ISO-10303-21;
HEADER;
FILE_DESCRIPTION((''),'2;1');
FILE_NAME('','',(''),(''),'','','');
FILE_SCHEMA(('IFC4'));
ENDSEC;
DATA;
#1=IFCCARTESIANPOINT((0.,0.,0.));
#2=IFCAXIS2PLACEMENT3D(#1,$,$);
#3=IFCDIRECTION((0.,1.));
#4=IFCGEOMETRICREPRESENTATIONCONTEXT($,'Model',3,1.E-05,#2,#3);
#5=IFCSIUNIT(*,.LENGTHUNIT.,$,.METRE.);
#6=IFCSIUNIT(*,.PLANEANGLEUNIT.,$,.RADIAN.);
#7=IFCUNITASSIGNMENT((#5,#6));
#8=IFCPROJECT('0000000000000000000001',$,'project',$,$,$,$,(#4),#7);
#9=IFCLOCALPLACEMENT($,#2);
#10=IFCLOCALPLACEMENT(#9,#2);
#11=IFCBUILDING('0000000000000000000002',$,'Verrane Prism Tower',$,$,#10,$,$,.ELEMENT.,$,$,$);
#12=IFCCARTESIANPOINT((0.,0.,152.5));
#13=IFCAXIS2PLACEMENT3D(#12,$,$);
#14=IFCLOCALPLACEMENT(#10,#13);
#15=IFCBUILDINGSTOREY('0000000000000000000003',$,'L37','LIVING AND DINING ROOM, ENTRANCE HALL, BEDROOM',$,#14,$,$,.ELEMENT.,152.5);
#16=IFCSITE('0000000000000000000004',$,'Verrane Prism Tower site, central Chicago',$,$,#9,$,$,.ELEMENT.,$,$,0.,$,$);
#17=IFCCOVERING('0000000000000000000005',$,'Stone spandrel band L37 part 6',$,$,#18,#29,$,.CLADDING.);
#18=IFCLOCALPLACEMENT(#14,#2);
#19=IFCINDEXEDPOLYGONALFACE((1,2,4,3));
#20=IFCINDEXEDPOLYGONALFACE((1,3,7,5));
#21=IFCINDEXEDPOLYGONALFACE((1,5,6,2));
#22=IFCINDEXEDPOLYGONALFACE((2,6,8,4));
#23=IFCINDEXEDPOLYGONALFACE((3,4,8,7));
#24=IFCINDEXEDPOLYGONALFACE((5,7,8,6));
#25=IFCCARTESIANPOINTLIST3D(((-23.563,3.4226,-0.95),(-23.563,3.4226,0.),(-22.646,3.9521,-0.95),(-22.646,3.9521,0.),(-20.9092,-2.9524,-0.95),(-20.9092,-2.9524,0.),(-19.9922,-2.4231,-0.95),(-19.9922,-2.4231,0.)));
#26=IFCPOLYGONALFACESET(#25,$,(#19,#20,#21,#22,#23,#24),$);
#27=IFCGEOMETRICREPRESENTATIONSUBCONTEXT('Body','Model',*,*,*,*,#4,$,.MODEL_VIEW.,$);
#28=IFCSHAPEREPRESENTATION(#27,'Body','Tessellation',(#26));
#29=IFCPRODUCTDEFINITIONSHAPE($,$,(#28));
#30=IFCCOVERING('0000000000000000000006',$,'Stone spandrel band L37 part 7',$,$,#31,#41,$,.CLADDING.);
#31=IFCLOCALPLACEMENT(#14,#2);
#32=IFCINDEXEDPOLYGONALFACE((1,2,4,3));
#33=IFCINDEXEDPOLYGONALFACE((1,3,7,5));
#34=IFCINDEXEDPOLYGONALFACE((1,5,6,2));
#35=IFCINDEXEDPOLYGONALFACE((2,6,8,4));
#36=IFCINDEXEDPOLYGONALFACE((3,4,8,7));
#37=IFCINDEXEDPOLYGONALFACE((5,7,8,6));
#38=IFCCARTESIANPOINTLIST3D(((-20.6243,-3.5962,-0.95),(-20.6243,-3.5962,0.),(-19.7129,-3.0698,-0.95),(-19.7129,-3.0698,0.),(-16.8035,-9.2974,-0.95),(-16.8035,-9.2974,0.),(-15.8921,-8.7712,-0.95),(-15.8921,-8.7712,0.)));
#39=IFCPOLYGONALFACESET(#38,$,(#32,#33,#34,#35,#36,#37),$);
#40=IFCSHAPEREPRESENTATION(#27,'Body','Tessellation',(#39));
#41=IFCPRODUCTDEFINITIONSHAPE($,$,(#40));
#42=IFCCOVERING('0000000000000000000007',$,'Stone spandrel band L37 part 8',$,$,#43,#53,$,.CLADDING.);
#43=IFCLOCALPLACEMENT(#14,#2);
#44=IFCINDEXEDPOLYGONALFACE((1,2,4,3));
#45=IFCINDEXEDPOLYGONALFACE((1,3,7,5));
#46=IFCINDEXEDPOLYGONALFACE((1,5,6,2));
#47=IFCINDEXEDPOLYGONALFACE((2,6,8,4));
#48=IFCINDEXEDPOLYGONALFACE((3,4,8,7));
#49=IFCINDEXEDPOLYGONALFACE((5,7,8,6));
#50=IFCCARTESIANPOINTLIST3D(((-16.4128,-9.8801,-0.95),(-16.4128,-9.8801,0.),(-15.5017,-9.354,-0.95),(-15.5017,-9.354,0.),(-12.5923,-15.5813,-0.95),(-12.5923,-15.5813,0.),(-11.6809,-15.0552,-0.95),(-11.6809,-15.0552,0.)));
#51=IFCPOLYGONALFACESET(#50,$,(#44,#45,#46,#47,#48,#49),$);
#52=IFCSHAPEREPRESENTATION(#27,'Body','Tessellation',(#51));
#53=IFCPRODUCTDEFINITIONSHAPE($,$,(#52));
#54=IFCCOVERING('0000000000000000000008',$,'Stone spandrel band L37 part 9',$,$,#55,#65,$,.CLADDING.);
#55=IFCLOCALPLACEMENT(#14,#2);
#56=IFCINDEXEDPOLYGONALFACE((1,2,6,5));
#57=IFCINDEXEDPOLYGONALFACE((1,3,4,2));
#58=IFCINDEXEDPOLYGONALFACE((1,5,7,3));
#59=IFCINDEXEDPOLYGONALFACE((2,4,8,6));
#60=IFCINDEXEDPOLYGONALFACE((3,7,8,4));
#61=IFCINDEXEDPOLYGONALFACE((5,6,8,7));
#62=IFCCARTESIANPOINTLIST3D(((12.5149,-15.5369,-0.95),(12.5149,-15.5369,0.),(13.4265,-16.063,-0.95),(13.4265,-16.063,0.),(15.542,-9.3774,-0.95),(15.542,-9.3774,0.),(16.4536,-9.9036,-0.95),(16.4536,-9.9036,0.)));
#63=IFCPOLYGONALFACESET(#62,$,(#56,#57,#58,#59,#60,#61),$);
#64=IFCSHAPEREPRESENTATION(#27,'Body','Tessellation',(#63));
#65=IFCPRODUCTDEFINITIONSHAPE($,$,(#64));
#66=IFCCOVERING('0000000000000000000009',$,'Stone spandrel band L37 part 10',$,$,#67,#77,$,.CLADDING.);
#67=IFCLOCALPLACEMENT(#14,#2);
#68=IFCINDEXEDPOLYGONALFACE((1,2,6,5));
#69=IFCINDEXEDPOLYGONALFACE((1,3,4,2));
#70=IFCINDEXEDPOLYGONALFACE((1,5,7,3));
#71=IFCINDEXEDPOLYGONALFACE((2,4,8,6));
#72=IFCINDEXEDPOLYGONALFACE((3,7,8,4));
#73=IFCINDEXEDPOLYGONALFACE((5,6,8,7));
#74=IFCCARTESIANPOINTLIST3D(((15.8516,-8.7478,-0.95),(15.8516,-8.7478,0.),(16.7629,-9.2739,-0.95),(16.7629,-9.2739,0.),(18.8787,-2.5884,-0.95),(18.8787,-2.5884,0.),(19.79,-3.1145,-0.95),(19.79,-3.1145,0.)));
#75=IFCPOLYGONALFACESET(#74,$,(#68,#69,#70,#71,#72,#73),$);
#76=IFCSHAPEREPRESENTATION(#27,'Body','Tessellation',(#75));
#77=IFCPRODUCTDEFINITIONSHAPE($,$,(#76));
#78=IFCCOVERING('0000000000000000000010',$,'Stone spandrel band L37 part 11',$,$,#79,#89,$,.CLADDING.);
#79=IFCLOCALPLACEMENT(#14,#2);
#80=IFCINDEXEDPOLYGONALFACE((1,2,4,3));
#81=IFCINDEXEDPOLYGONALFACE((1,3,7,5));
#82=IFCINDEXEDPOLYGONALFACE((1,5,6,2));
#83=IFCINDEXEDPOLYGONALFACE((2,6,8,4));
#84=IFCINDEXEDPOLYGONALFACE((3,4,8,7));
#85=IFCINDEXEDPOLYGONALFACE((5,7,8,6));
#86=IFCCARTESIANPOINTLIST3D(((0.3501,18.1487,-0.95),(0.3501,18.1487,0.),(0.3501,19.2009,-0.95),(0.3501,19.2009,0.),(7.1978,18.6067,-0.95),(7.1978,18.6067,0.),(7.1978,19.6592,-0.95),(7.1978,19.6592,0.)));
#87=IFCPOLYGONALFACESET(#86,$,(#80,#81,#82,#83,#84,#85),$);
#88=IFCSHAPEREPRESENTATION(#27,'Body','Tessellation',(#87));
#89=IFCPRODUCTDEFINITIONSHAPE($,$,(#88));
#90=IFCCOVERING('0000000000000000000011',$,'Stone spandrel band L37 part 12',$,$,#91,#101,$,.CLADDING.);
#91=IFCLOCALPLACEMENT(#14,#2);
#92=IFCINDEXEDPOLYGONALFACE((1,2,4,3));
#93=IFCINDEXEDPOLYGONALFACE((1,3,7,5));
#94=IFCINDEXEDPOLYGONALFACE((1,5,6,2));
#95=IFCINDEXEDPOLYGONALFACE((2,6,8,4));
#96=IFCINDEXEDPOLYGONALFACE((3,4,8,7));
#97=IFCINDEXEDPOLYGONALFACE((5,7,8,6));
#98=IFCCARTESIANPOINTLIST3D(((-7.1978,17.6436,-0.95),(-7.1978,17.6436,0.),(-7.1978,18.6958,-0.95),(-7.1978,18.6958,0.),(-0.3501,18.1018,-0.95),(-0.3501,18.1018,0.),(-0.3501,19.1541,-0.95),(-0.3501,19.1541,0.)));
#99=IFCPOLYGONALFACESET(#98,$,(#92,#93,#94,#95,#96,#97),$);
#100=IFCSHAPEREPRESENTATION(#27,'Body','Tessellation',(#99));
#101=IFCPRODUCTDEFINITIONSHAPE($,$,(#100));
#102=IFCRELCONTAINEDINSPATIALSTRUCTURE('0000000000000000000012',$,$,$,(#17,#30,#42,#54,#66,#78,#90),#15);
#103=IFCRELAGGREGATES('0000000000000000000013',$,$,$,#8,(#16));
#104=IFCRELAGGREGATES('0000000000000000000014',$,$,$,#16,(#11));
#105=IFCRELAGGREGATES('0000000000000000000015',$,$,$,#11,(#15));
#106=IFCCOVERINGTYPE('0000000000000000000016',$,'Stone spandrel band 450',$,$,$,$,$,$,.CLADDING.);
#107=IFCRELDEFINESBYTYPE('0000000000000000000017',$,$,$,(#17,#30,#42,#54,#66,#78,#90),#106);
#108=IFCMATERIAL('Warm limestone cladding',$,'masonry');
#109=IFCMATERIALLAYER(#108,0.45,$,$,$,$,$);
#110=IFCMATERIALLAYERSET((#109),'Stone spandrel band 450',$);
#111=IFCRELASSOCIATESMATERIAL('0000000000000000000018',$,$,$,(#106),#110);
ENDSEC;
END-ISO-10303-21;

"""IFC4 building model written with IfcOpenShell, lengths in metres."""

from ifc_helpers import new_model, si_unit, direction, frame, origin, place, context, subcontext, project, spatial, polyline, outline, extrude, material, layer, layer_set, type_object, element, save


model = new_model("IFC4")

# Units and contexts
model_context = context("Model", 3, precision=1e-05, world=origin(), true_north=direction((0.0, 1.0)))
body_context = subcontext(model_context, "Body", "Model", "MODEL_VIEW")
ifc_project = project(units=[si_unit("LENGTHUNIT", "METRE"), si_unit("PLANEANGLEUNIT", "RADIAN")], contexts=[model_context])

# Site, building, storey
site_placement = place(None, origin())
site = spatial("IfcSite", under=ifc_project, at=site_placement, Name="Verrane Prism Tower site, central Chicago", CompositionType="ELEMENT", RefElevation=0.0)
building_placement = place(site_placement, origin())
building = spatial("IfcBuilding", under=site, at=building_placement, Name="Verrane Prism Tower", CompositionType="ELEMENT")
storey_placement = place(building_placement, frame((0.0, 0.0, 152.5)))
storey = spatial("IfcBuildingStorey", under=building, at=storey_placement, Name="L37", Description="LIVING AND DINING ROOM, ENTRANCE HALL, BEDROOM", CompositionType="ELEMENT", Elevation=152.5)

# Coverings
ifc_material_1 = material(Name="Warm limestone cladding", Category="masonry")
ifc_layer_1 = layer(ifc_material_1, 0.45)
ifc_layer_set_1 = layer_set([ifc_layer_1], Name="Stone spandrel band 450")
covering_type = type_object("IfcCoveringType", Name="Stone spandrel band 450", PredefinedType="CLADDING", material=ifc_layer_set_1)
covering_1_placement = place(storey_placement, frame((0.0, 0.0, -0.95)))
element("IfcCovering", 1, at=covering_1_placement, inside=storey, type_object=covering_type, Name="Stone spandrel band L37 part 6", PredefinedType="CLADDING", context=body_context, shape_type="SweptSolid", body=[
    extrude(outline(polyline([(-20.9092, -2.9524), (-19.9922, -2.4231), (-22.646, 3.9521), (-23.563, 3.4226), (-20.9092, -2.9524)])), origin(), (0.0, 0.0, 1.0), 0.95),
])
covering_2_placement = place(storey_placement, frame((0.0, 0.0, -0.95)))
element("IfcCovering", 2, at=covering_2_placement, inside=storey, type_object=covering_type, Name="Stone spandrel band L37 part 7", PredefinedType="CLADDING", context=body_context, shape_type="SweptSolid", body=[
    extrude(outline(polyline([(-16.8035, -9.2974), (-15.8921, -8.7712), (-19.7129, -3.0698), (-20.6243, -3.5962), (-16.8035, -9.2974)])), origin(), (0.0, 0.0, 1.0), 0.95),
])
covering_3_placement = place(storey_placement, frame((0.0, 0.0, -0.95)))
element("IfcCovering", 3, at=covering_3_placement, inside=storey, type_object=covering_type, Name="Stone spandrel band L37 part 8", PredefinedType="CLADDING", context=body_context, shape_type="SweptSolid", body=[
    extrude(outline(polyline([(-11.6809, -15.0552), (-15.5017, -9.354), (-16.4128, -9.8801), (-12.5923, -15.5813), (-11.6809, -15.0552)])), origin(), (0.0, 0.0, 1.0), 0.95),
])
covering_4_placement = place(storey_placement, frame((0.0, 0.0, -0.95)))
element("IfcCovering", 4, at=covering_4_placement, inside=storey, type_object=covering_type, Name="Stone spandrel band L37 part 9", PredefinedType="CLADDING", context=body_context, shape_type="SweptSolid", body=[
    extrude(outline(polyline([(16.4536, -9.9036), (15.542, -9.3774), (12.5149, -15.5369), (13.4265, -16.063), (16.4536, -9.9036)])), origin(), (0.0, 0.0, 1.0), 0.95),
])
covering_5_placement = place(storey_placement, frame((0.0, 0.0, -0.95)))
element("IfcCovering", 5, at=covering_5_placement, inside=storey, type_object=covering_type, Name="Stone spandrel band L37 part 10", PredefinedType="CLADDING", context=body_context, shape_type="SweptSolid", body=[
    extrude(outline(polyline([(18.8787, -2.5884), (15.8516, -8.7478), (16.7629, -9.2739), (19.79, -3.1145), (18.8787, -2.5884)])), origin(), (0.0, 0.0, 1.0), 0.95),
])
covering_6_placement = place(storey_placement, frame((0.0, 0.0, -0.95)))
element("IfcCovering", 6, at=covering_6_placement, inside=storey, type_object=covering_type, Name="Stone spandrel band L37 part 11", PredefinedType="CLADDING", context=body_context, shape_type="SweptSolid", body=[
    extrude(outline(polyline([(0.3501, 18.1487), (7.1978, 18.6067), (7.1978, 19.6592), (0.3501, 19.2009), (0.3501, 18.1487)])), origin(), (0.0, 0.0, 1.0), 0.95),
])
covering_7_placement = place(storey_placement, frame((0.0, 0.0, -0.95)))
element("IfcCovering", 7, at=covering_7_placement, inside=storey, type_object=covering_type, Name="Stone spandrel band L37 part 12", PredefinedType="CLADDING", context=body_context, shape_type="SweptSolid", body=[
    extrude(outline(polyline([(-7.1978, 18.6958), (-7.1978, 17.6436), (-0.3501, 18.1018), (-0.3501, 19.1541), (-7.1978, 18.6958)])), origin(), (0.0, 0.0, 1.0), 0.95),
])

save(model, "model.ifc")
